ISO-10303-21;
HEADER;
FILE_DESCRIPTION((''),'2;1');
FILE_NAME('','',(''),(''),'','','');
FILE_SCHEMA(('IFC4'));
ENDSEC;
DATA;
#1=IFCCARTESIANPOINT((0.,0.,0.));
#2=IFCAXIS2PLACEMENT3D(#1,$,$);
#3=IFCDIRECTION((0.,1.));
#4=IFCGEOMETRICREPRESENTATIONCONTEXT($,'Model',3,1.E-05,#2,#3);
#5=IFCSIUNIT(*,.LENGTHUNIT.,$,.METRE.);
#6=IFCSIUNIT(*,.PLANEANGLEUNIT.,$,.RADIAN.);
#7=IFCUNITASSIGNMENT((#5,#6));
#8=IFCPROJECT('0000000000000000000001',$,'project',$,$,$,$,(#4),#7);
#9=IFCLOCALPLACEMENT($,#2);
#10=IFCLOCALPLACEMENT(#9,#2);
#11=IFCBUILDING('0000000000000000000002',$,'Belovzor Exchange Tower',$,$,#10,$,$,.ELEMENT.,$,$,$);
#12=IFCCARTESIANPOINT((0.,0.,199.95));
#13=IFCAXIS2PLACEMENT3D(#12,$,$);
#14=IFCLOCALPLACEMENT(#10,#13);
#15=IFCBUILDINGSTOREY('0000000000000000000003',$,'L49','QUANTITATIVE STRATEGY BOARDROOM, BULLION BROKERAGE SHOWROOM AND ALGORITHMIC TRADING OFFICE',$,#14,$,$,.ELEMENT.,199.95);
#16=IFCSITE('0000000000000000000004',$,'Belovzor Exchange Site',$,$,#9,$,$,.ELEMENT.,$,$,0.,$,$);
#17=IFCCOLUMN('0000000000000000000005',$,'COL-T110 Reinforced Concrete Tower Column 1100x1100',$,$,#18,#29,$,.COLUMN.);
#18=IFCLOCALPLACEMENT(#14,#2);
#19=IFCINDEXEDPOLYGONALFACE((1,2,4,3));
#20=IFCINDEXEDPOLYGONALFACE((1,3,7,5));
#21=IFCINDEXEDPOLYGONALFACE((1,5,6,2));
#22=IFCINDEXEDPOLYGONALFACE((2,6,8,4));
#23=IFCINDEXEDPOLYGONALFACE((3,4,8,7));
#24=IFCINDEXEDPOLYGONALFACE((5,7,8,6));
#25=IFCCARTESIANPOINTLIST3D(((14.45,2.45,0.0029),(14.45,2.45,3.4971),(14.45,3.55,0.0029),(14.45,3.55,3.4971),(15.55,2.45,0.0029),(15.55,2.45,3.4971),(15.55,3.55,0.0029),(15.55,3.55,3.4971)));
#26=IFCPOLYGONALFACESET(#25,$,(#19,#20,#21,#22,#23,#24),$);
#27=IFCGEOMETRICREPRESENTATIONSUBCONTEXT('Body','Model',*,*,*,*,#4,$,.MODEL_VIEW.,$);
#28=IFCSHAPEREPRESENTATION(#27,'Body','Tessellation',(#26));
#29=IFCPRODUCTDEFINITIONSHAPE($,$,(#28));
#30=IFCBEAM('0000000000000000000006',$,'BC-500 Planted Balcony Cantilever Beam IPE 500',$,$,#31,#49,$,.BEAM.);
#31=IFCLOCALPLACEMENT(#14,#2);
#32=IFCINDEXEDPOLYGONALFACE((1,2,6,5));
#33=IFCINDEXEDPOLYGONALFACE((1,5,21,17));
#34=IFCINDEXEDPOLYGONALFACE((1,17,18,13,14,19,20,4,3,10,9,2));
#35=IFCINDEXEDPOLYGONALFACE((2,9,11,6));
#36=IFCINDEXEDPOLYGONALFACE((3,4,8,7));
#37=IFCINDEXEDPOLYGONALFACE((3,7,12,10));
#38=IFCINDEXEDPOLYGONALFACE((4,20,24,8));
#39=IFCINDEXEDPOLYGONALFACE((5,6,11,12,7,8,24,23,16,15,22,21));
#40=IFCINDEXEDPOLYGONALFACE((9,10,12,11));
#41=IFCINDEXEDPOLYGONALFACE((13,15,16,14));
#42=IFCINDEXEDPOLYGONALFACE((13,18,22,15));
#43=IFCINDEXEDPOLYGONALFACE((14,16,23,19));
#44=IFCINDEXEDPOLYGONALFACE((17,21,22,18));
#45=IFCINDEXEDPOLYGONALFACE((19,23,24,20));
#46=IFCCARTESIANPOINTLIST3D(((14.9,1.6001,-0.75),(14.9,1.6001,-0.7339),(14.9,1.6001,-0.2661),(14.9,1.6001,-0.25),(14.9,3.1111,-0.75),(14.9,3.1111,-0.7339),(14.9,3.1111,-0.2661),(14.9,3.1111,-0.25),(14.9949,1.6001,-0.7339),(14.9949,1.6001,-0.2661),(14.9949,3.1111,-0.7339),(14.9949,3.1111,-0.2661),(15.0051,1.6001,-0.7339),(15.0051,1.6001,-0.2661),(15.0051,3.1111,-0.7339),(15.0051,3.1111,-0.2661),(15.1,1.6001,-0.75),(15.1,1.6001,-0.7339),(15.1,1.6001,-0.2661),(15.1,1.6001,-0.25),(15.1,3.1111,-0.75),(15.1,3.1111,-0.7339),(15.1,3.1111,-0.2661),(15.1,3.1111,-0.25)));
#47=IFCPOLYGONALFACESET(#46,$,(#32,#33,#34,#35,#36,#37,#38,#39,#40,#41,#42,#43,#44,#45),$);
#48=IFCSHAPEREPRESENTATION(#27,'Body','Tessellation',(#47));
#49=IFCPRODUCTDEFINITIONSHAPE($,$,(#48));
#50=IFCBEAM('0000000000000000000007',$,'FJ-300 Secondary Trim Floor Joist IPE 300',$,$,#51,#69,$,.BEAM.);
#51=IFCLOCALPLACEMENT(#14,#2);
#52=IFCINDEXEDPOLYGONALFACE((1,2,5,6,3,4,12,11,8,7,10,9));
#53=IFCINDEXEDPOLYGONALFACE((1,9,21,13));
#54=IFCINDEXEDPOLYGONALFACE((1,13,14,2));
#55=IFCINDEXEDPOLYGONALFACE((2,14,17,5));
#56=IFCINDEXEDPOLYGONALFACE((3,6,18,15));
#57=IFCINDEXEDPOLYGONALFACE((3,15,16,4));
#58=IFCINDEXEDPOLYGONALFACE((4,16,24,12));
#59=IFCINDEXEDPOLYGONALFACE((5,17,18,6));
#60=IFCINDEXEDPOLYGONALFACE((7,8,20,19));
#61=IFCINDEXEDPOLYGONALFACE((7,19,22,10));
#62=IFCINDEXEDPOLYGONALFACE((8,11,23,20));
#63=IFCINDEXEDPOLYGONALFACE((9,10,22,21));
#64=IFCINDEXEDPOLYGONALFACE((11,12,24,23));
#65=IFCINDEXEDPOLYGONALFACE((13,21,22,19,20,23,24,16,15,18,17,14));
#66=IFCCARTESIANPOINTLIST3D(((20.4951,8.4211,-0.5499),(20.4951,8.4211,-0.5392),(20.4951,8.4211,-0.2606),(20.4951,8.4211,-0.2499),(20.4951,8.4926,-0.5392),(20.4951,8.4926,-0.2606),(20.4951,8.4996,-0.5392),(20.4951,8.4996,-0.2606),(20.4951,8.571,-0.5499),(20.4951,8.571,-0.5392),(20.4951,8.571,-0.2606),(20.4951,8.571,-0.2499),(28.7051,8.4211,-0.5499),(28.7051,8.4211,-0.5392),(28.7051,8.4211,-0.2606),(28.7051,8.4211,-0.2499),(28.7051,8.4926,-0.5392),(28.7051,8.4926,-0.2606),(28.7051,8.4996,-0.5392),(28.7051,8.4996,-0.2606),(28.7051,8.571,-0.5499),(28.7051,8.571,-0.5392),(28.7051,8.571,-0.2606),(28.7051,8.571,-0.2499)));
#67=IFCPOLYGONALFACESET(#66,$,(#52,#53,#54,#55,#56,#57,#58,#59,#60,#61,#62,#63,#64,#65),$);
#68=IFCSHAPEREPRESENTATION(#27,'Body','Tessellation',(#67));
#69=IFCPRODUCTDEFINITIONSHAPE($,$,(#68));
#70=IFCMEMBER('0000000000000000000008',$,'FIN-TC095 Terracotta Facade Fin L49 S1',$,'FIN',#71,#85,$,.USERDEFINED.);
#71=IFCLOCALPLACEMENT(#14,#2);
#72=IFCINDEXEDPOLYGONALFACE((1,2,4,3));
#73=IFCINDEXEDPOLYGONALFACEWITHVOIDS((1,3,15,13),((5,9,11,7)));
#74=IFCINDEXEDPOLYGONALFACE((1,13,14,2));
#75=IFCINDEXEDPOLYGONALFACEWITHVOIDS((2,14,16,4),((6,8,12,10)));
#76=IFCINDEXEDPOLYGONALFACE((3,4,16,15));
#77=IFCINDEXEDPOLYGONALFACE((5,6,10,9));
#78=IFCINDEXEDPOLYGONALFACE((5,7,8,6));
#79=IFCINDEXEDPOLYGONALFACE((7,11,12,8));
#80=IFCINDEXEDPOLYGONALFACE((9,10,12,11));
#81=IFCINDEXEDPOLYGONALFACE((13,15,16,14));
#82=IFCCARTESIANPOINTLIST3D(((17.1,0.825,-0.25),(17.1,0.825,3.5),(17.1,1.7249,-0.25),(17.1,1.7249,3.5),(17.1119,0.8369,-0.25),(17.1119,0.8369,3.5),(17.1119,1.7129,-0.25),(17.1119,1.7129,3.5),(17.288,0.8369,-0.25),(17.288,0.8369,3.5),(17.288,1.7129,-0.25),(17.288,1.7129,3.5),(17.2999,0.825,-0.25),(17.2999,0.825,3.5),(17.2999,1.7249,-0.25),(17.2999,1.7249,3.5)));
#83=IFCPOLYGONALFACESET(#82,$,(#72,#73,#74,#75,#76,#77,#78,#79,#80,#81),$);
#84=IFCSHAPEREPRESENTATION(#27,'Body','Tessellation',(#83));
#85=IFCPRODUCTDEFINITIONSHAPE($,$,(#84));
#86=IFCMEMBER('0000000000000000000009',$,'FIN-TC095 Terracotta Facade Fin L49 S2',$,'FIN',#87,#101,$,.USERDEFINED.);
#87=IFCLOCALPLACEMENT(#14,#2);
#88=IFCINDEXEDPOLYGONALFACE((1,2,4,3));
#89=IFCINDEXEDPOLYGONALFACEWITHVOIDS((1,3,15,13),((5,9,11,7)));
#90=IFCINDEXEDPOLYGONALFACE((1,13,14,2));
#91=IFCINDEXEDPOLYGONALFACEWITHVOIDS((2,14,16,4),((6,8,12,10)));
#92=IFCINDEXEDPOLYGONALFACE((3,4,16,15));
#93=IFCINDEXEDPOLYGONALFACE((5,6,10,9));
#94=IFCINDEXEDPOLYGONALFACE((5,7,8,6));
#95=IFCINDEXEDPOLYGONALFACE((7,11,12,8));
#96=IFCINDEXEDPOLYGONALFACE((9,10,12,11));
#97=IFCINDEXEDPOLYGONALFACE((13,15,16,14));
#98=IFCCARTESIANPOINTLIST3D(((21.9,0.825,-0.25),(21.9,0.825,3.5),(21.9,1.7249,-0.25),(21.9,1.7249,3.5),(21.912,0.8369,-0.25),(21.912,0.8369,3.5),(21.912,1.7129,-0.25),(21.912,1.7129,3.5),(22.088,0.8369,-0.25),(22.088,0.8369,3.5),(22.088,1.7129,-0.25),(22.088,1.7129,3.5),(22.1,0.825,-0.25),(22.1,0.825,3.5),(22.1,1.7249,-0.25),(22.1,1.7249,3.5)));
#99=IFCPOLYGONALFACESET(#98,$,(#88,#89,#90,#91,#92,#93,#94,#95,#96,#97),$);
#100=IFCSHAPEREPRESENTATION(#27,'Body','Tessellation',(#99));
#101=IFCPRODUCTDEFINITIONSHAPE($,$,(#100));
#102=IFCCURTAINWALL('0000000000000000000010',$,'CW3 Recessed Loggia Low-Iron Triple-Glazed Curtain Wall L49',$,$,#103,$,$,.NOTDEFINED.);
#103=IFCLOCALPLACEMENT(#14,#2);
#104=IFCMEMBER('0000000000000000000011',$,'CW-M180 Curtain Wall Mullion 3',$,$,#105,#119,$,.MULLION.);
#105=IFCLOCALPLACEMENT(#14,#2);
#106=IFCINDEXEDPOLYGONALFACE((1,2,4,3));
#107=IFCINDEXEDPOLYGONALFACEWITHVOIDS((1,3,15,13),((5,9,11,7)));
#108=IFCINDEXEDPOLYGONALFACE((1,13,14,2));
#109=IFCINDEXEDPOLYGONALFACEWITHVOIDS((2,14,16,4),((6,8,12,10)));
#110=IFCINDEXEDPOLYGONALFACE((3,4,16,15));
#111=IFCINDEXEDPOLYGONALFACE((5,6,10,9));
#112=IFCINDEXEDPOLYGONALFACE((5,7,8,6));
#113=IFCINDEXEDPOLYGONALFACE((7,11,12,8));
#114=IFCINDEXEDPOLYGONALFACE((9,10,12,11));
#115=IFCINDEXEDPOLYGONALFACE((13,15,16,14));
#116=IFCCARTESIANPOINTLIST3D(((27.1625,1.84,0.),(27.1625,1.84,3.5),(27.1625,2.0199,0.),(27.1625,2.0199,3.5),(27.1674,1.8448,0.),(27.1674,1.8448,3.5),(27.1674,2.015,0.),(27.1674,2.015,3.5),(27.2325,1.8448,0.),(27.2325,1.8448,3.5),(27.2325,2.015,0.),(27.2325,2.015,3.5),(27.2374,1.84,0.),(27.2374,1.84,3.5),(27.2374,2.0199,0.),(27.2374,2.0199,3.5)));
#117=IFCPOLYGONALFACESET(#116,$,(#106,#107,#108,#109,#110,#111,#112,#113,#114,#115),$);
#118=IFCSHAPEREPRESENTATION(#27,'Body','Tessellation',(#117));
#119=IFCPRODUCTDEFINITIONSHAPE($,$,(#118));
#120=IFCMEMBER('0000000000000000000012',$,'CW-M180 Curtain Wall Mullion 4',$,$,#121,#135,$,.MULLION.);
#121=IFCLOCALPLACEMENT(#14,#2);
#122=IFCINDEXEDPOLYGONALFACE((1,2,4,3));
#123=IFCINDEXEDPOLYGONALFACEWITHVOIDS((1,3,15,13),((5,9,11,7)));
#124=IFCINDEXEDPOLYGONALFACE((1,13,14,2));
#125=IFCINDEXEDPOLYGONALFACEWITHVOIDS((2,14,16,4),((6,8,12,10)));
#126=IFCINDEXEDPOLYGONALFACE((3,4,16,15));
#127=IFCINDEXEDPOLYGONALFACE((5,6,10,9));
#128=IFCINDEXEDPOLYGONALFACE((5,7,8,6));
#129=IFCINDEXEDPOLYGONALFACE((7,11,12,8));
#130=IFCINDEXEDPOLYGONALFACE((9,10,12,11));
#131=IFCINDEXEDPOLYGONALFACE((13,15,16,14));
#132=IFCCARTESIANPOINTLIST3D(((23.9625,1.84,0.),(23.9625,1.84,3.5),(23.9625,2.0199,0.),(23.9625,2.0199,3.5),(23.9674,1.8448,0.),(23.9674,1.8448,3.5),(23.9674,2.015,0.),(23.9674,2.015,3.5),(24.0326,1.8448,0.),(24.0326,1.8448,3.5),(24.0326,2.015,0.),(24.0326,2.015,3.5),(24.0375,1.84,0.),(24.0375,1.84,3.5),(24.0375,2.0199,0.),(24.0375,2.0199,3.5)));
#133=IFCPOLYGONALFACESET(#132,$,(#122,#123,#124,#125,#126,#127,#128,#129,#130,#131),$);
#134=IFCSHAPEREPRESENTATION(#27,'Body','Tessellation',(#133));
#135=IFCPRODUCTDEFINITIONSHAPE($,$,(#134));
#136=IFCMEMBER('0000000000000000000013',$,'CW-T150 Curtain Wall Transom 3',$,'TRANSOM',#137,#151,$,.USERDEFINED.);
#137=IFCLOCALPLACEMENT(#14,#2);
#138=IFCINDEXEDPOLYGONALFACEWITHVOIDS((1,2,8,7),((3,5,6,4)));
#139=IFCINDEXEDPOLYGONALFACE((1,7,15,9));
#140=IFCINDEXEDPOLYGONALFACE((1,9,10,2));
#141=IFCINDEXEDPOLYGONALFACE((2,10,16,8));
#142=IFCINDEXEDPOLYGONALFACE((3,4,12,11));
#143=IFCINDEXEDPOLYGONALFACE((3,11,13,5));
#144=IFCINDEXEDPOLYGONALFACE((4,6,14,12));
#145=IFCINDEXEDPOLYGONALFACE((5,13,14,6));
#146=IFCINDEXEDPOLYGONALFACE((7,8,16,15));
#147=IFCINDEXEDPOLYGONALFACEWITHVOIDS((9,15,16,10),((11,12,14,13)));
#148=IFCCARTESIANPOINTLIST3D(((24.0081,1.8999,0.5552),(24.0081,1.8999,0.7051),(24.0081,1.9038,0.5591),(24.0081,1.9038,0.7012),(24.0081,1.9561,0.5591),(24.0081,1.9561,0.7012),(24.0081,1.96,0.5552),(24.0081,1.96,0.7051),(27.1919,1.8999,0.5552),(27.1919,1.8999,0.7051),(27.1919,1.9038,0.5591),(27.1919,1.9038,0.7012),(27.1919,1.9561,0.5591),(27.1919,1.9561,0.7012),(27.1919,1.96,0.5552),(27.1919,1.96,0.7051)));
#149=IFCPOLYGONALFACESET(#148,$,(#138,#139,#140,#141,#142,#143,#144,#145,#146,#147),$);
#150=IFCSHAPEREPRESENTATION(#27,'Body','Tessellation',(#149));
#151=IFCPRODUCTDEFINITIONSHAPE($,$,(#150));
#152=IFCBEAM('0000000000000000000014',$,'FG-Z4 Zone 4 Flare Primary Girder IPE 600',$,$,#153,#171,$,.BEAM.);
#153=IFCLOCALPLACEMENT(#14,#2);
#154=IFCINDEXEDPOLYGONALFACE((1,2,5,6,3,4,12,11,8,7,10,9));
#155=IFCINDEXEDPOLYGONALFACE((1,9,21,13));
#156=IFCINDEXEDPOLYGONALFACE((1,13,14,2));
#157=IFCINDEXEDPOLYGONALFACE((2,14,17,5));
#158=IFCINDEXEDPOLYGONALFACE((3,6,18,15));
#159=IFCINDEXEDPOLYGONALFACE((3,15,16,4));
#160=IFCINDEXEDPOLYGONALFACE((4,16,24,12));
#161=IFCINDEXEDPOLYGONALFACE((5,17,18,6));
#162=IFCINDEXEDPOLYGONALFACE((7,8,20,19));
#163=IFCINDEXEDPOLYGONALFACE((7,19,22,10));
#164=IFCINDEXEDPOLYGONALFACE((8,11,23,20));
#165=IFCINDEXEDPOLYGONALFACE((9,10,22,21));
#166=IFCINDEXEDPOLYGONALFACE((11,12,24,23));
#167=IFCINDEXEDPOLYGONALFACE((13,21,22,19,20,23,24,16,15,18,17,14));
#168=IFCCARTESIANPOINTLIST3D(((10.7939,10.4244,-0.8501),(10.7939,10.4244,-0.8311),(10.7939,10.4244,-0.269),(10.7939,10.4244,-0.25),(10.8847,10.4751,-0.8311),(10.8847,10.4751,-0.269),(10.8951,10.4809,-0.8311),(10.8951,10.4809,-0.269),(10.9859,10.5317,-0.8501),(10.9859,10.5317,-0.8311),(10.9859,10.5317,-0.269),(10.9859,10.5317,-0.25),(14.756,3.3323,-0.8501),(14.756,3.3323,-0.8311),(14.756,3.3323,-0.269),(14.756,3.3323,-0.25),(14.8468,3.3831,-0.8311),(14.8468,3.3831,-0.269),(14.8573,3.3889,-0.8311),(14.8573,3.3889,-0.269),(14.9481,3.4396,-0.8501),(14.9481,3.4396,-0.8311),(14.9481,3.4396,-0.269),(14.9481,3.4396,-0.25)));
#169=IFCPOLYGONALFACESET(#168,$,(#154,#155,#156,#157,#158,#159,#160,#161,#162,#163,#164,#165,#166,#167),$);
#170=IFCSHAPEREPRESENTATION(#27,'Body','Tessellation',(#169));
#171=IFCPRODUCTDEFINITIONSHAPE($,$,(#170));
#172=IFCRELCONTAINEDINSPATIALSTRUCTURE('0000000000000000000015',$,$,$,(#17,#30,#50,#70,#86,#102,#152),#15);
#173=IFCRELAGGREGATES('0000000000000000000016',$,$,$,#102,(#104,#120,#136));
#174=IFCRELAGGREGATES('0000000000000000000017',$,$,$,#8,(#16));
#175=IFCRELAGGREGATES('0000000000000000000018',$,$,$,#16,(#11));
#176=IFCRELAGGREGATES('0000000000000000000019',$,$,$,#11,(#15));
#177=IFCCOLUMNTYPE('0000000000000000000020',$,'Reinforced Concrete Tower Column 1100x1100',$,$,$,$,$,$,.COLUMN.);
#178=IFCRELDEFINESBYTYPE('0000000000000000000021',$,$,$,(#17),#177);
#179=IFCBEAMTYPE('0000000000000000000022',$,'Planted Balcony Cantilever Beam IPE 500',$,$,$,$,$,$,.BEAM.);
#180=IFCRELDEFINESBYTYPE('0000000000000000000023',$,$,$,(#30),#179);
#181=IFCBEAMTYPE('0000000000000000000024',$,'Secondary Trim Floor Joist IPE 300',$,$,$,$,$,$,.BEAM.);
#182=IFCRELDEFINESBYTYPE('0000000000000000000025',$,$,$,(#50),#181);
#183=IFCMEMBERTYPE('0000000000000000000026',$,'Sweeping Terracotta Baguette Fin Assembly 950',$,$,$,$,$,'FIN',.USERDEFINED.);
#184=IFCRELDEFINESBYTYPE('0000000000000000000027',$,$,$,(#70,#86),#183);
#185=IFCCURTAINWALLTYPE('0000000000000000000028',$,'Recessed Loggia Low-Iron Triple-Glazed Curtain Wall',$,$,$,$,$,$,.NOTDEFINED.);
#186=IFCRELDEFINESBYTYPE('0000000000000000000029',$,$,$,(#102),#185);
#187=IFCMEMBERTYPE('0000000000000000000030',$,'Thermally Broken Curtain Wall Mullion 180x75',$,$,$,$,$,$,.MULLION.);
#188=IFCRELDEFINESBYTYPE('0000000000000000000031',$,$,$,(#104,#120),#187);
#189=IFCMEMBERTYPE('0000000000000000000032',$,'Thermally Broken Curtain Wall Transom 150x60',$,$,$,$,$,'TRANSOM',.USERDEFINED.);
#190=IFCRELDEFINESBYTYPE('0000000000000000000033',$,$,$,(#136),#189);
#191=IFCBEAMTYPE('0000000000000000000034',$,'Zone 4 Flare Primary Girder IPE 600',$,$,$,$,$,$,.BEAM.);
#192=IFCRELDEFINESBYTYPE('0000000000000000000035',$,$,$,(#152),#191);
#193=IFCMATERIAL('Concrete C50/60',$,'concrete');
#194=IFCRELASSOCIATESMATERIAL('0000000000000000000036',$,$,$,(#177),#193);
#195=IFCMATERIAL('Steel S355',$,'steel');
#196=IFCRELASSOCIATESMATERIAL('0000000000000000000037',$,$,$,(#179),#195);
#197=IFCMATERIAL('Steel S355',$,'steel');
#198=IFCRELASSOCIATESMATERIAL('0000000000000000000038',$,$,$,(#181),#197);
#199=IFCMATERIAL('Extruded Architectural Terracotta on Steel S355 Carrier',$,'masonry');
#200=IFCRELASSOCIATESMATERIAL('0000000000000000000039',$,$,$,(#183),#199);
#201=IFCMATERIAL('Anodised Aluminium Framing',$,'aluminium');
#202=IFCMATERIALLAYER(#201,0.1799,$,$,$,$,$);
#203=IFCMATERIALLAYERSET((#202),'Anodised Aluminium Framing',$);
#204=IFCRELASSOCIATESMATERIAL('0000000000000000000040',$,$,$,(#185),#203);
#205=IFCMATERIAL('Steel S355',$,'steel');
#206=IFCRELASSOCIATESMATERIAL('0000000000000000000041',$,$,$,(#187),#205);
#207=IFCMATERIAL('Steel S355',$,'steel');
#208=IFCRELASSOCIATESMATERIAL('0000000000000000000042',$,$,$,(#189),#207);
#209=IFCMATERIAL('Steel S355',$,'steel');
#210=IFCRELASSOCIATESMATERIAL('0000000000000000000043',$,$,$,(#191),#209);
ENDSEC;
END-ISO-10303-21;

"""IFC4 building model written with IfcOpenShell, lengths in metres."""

from ifc_helpers import new_model, si_unit, direction, frame, origin, origin_2d, place, context, subcontext, project, spatial, rectangle, hollow_rectangle, i_section, extrude, material, layer, layer_set, material_profile, profile_set, type_object, element, aggregate, save


model = new_model("IFC4")

# Units and contexts
model_context = context("Model", 3, precision=1e-05, world=origin(), true_north=direction((0.0, 1.0)))
body_context = subcontext(model_context, "Body", "Model", "MODEL_VIEW")
ifc_project = project(units=[si_unit("LENGTHUNIT", "METRE"), si_unit("PLANEANGLEUNIT", "RADIAN")], contexts=[model_context])

# Site, building, storey
site_placement = place(None, origin())
site = spatial("IfcSite", under=ifc_project, at=site_placement, Name="Belovzor Exchange Site", CompositionType="ELEMENT", RefElevation=0.0)
building_placement = place(site_placement, origin())
building = spatial("IfcBuilding", under=site, at=building_placement, Name="Belovzor Exchange Tower", CompositionType="ELEMENT")
storey_placement = place(building_placement, frame((0.0, 0.0, 199.95)))
storey = spatial("IfcBuildingStorey", under=building, at=storey_placement, Name="L49", Description="QUANTITATIVE STRATEGY BOARDROOM, BULLION BROKERAGE SHOWROOM AND ALGORITHMIC TRADING OFFICE", CompositionType="ELEMENT", Elevation=199.95)

# Column
ifc_material_1 = material(Name="Concrete C50/60", Category="concrete")
ifc_material_profile_1 = material_profile(ifc_material_1, rectangle(XDim=1.1001, YDim=1.1001, at=origin_2d()))
ifc_profile_set_1 = profile_set([ifc_material_profile_1], Name="Concrete C50/60")
column_type = type_object("IfcColumnType", Name="Reinforced Concrete Tower Column 1100x1100", PredefinedType="COLUMN", material=ifc_profile_set_1)
column_placement = place(storey_placement, frame((15.0, 3.0, 0.0029), z_axis=(0.0, 0.0, 1.0), x_axis=(1.0, 0.0, 0.0)))
element("IfcColumn", 1, at=column_placement, inside=storey, type_object=column_type, Name="COL-T110 Reinforced Concrete Tower Column 1100x1100", PredefinedType="COLUMN", context=body_context, shape_type="SweptSolid", body=[
    extrude(rectangle(XDim=1.1001, YDim=1.1001, at=origin_2d()), origin(), (0.0, 0.0, 1.0), 3.4941),
])

# Beams
ifc_material_2 = material(Name="Steel S355", Category="steel")
ifc_material_profile_2 = material_profile(ifc_material_2, i_section(OverallWidth=0.2, OverallDepth=0.5, WebThickness=0.0103, FlangeThickness=0.0161, at=origin_2d()))
ifc_profile_set_2 = profile_set([ifc_material_profile_2], Name="Steel S355")
beam_type_1 = type_object("IfcBeamType", Name="Planted Balcony Cantilever Beam IPE 500", PredefinedType="BEAM", material=ifc_profile_set_2)
beam_1_placement = place(storey_placement, frame((15.0, 3.1111, -0.5), z_axis=(0.0, -1.0, 0.0), x_axis=(1.0, 0.0, 0.0)))
element("IfcBeam", 2, at=beam_1_placement, inside=storey, type_object=beam_type_1, Name="BC-500 Planted Balcony Cantilever Beam IPE 500", PredefinedType="BEAM", context=body_context, shape_type="SweptSolid", body=[
    extrude(i_section(OverallWidth=0.2, OverallDepth=0.5, WebThickness=0.0103, FlangeThickness=0.0161, at=origin_2d()), origin(), (0.0, 0.0, 1.0), 1.511),
])
ifc_material_3 = material(Name="Steel S355", Category="steel")
ifc_material_profile_3 = material_profile(ifc_material_3, i_section(OverallWidth=0.1499, OverallDepth=0.3, WebThickness=0.0071, FlangeThickness=0.0107, at=origin_2d()))
ifc_profile_set_3 = profile_set([ifc_material_profile_3], Name="Steel S355")
beam_type_2 = type_object("IfcBeamType", Name="Secondary Trim Floor Joist IPE 300", PredefinedType="BEAM", material=ifc_profile_set_3)
beam_2_placement = place(storey_placement, frame((20.4951, 8.4961, -0.3999), z_axis=(1.0, 0.0, 0.0), x_axis=(0.0, 1.0, 0.0)))
element("IfcBeam", 3, at=beam_2_placement, inside=storey, type_object=beam_type_2, Name="FJ-300 Secondary Trim Floor Joist IPE 300", PredefinedType="BEAM", context=body_context, shape_type="SweptSolid", body=[
    extrude(i_section(OverallWidth=0.1499, OverallDepth=0.3, WebThickness=0.0071, FlangeThickness=0.0107, at=origin_2d()), origin(), (0.0, 0.0, 1.0), 8.21),
])

# Members
ifc_material_4 = material(Name="Extruded Architectural Terracotta on Steel S355 Carrier", Category="masonry")
ifc_material_profile_4 = material_profile(ifc_material_4, hollow_rectangle(XDim=0.2, YDim=0.8999, WallThickness=0.012, at=origin_2d()))
ifc_profile_set_4 = profile_set([ifc_material_profile_4], Name="Extruded Architectural Terracotta on Steel S355 Carrier")
member_type_1 = type_object("IfcMemberType", Name="Sweeping Terracotta Baguette Fin Assembly 950", ElementType="FIN", PredefinedType="USERDEFINED", material=ifc_profile_set_4)
for number, where, z_axis, x_axis, name in (
    (4, (17.2, 1.2749, -0.25), (0.0, 0.0, 1.0), (1.0, 0.0, 0.0), "FIN-TC095 Terracotta Facade Fin L49 S1"),
    (5, (22.0, 1.2749, -0.25), (0.0, 0.0, 1.0), (1.0, 0.0, 0.0), "FIN-TC095 Terracotta Facade Fin L49 S2"),
):
    element("IfcMember", number, at=place(storey_placement, frame(where, z_axis=z_axis, x_axis=x_axis)), inside=storey, type_object=member_type_1, Name=name, ObjectType="FIN", PredefinedType="USERDEFINED", context=body_context, shape_type="SweptSolid", body=[
        extrude(hollow_rectangle(XDim=0.2, YDim=0.8999, WallThickness=0.012, at=origin_2d()), origin(), (0.0, 0.0, 1.0), 3.75),
    ])

# Curtain wall, members
ifc_material_5 = material(Name="Anodised Aluminium Framing", Category="aluminium")
ifc_layer_1 = layer(ifc_material_5, 0.1799)
ifc_layer_set_1 = layer_set([ifc_layer_1], Name="Anodised Aluminium Framing")
curtain_wall_type = type_object("IfcCurtainWallType", Name="Recessed Loggia Low-Iron Triple-Glazed Curtain Wall", PredefinedType="NOTDEFINED", material=ifc_layer_set_1)
curtain_wall_placement = place(storey_placement, origin())
curtain_wall = element("IfcCurtainWall", 6, at=curtain_wall_placement, inside=storey, type_object=curtain_wall_type, Name="CW3 Recessed Loggia Low-Iron Triple-Glazed Curtain Wall L49", PredefinedType="NOTDEFINED")
ifc_material_6 = material(Name="Steel S355", Category="steel")
ifc_material_profile_5 = material_profile(ifc_material_6, hollow_rectangle(XDim=0.075, YDim=0.1799, WallThickness=0.0049, at=origin_2d()))
ifc_profile_set_5 = profile_set([ifc_material_profile_5], Name="Steel S355")
member_type_2 = type_object("IfcMemberType", Name="Thermally Broken Curtain Wall Mullion 180x75", PredefinedType="MULLION", material=ifc_profile_set_5)
member_1_placement = place(storey_placement, frame((27.2, 1.9299, 0.0), z_axis=(0.0, 0.0, 1.0), x_axis=(-1.0, 0.0, 0.0)))
member_1 = element("IfcMember", 7, at=member_1_placement, type_object=member_type_2, Name="CW-M180 Curtain Wall Mullion 3", PredefinedType="MULLION", context=body_context, shape_type="SweptSolid", body=[
    extrude(hollow_rectangle(XDim=0.075, YDim=0.1799, WallThickness=0.0049, at=origin_2d()), origin(), (0.0, 0.0, 1.0), 3.5),
])
member_2_placement = place(storey_placement, frame((24.0, 1.9299, 0.0), z_axis=(0.0, 0.0, 1.0), x_axis=(-1.0, 0.0, 0.0)))
member_2 = element("IfcMember", 8, at=member_2_placement, type_object=member_type_2, Name="CW-M180 Curtain Wall Mullion 4", PredefinedType="MULLION", context=body_context, shape_type="SweptSolid", body=[
    extrude(hollow_rectangle(XDim=0.075, YDim=0.1799, WallThickness=0.0049, at=origin_2d()), origin(), (0.0, 0.0, 1.0), 3.5),
])
ifc_material_7 = material(Name="Steel S355", Category="steel")
ifc_material_profile_6 = material_profile(ifc_material_7, hollow_rectangle(XDim=0.0601, YDim=0.1499, WallThickness=0.0039, at=origin_2d()))
ifc_profile_set_6 = profile_set([ifc_material_profile_6], Name="Steel S355")
member_type_3 = type_object("IfcMemberType", Name="Thermally Broken Curtain Wall Transom 150x60", ElementType="TRANSOM", PredefinedType="USERDEFINED", material=ifc_profile_set_6)
member_3_placement = place(storey_placement, frame((27.1919, 1.9299, 0.6301), z_axis=(-1.0, 0.0, 0.0), x_axis=(0.0, -1.0, 0.0)))
member_3 = element("IfcMember", 9, at=member_3_placement, type_object=member_type_3, Name="CW-T150 Curtain Wall Transom 3", ObjectType="TRANSOM", PredefinedType="USERDEFINED", context=body_context, shape_type="SweptSolid", body=[
    extrude(hollow_rectangle(XDim=0.0601, YDim=0.1499, WallThickness=0.0039, at=origin_2d()), origin(), (0.0, 0.0, 1.0), 3.1838),
])

# Beam
ifc_material_8 = material(Name="Steel S355", Category="steel")
ifc_material_profile_7 = material_profile(ifc_material_8, i_section(OverallWidth=0.22, OverallDepth=0.6001, WebThickness=0.012, FlangeThickness=0.019, at=origin_2d()))
ifc_profile_set_7 = profile_set([ifc_material_profile_7], Name="Steel S355")
beam_type_3 = type_object("IfcBeamType", Name="Zone 4 Flare Primary Girder IPE 600", PredefinedType="BEAM", material=ifc_profile_set_7)
beam_3_placement = place(storey_placement, frame((10.8899, 10.478, -0.55), z_axis=(0.487724, -0.872998, 0.0), x_axis=(0.872998, 0.487724, 0.0)))
element("IfcBeam", 10, at=beam_3_placement, inside=storey, type_object=beam_type_3, Name="FG-Z4 Zone 4 Flare Primary Girder IPE 600", PredefinedType="BEAM", context=body_context, shape_type="SweptSolid", body=[
    extrude(i_section(OverallWidth=0.22, OverallDepth=0.6001, WebThickness=0.012, FlangeThickness=0.019, at=origin_2d()), origin(), (0.0, 0.0, 1.0), 8.1238),
])

aggregate(curtain_wall, [member_1, member_2, member_3])

save(model, "model.ifc")
